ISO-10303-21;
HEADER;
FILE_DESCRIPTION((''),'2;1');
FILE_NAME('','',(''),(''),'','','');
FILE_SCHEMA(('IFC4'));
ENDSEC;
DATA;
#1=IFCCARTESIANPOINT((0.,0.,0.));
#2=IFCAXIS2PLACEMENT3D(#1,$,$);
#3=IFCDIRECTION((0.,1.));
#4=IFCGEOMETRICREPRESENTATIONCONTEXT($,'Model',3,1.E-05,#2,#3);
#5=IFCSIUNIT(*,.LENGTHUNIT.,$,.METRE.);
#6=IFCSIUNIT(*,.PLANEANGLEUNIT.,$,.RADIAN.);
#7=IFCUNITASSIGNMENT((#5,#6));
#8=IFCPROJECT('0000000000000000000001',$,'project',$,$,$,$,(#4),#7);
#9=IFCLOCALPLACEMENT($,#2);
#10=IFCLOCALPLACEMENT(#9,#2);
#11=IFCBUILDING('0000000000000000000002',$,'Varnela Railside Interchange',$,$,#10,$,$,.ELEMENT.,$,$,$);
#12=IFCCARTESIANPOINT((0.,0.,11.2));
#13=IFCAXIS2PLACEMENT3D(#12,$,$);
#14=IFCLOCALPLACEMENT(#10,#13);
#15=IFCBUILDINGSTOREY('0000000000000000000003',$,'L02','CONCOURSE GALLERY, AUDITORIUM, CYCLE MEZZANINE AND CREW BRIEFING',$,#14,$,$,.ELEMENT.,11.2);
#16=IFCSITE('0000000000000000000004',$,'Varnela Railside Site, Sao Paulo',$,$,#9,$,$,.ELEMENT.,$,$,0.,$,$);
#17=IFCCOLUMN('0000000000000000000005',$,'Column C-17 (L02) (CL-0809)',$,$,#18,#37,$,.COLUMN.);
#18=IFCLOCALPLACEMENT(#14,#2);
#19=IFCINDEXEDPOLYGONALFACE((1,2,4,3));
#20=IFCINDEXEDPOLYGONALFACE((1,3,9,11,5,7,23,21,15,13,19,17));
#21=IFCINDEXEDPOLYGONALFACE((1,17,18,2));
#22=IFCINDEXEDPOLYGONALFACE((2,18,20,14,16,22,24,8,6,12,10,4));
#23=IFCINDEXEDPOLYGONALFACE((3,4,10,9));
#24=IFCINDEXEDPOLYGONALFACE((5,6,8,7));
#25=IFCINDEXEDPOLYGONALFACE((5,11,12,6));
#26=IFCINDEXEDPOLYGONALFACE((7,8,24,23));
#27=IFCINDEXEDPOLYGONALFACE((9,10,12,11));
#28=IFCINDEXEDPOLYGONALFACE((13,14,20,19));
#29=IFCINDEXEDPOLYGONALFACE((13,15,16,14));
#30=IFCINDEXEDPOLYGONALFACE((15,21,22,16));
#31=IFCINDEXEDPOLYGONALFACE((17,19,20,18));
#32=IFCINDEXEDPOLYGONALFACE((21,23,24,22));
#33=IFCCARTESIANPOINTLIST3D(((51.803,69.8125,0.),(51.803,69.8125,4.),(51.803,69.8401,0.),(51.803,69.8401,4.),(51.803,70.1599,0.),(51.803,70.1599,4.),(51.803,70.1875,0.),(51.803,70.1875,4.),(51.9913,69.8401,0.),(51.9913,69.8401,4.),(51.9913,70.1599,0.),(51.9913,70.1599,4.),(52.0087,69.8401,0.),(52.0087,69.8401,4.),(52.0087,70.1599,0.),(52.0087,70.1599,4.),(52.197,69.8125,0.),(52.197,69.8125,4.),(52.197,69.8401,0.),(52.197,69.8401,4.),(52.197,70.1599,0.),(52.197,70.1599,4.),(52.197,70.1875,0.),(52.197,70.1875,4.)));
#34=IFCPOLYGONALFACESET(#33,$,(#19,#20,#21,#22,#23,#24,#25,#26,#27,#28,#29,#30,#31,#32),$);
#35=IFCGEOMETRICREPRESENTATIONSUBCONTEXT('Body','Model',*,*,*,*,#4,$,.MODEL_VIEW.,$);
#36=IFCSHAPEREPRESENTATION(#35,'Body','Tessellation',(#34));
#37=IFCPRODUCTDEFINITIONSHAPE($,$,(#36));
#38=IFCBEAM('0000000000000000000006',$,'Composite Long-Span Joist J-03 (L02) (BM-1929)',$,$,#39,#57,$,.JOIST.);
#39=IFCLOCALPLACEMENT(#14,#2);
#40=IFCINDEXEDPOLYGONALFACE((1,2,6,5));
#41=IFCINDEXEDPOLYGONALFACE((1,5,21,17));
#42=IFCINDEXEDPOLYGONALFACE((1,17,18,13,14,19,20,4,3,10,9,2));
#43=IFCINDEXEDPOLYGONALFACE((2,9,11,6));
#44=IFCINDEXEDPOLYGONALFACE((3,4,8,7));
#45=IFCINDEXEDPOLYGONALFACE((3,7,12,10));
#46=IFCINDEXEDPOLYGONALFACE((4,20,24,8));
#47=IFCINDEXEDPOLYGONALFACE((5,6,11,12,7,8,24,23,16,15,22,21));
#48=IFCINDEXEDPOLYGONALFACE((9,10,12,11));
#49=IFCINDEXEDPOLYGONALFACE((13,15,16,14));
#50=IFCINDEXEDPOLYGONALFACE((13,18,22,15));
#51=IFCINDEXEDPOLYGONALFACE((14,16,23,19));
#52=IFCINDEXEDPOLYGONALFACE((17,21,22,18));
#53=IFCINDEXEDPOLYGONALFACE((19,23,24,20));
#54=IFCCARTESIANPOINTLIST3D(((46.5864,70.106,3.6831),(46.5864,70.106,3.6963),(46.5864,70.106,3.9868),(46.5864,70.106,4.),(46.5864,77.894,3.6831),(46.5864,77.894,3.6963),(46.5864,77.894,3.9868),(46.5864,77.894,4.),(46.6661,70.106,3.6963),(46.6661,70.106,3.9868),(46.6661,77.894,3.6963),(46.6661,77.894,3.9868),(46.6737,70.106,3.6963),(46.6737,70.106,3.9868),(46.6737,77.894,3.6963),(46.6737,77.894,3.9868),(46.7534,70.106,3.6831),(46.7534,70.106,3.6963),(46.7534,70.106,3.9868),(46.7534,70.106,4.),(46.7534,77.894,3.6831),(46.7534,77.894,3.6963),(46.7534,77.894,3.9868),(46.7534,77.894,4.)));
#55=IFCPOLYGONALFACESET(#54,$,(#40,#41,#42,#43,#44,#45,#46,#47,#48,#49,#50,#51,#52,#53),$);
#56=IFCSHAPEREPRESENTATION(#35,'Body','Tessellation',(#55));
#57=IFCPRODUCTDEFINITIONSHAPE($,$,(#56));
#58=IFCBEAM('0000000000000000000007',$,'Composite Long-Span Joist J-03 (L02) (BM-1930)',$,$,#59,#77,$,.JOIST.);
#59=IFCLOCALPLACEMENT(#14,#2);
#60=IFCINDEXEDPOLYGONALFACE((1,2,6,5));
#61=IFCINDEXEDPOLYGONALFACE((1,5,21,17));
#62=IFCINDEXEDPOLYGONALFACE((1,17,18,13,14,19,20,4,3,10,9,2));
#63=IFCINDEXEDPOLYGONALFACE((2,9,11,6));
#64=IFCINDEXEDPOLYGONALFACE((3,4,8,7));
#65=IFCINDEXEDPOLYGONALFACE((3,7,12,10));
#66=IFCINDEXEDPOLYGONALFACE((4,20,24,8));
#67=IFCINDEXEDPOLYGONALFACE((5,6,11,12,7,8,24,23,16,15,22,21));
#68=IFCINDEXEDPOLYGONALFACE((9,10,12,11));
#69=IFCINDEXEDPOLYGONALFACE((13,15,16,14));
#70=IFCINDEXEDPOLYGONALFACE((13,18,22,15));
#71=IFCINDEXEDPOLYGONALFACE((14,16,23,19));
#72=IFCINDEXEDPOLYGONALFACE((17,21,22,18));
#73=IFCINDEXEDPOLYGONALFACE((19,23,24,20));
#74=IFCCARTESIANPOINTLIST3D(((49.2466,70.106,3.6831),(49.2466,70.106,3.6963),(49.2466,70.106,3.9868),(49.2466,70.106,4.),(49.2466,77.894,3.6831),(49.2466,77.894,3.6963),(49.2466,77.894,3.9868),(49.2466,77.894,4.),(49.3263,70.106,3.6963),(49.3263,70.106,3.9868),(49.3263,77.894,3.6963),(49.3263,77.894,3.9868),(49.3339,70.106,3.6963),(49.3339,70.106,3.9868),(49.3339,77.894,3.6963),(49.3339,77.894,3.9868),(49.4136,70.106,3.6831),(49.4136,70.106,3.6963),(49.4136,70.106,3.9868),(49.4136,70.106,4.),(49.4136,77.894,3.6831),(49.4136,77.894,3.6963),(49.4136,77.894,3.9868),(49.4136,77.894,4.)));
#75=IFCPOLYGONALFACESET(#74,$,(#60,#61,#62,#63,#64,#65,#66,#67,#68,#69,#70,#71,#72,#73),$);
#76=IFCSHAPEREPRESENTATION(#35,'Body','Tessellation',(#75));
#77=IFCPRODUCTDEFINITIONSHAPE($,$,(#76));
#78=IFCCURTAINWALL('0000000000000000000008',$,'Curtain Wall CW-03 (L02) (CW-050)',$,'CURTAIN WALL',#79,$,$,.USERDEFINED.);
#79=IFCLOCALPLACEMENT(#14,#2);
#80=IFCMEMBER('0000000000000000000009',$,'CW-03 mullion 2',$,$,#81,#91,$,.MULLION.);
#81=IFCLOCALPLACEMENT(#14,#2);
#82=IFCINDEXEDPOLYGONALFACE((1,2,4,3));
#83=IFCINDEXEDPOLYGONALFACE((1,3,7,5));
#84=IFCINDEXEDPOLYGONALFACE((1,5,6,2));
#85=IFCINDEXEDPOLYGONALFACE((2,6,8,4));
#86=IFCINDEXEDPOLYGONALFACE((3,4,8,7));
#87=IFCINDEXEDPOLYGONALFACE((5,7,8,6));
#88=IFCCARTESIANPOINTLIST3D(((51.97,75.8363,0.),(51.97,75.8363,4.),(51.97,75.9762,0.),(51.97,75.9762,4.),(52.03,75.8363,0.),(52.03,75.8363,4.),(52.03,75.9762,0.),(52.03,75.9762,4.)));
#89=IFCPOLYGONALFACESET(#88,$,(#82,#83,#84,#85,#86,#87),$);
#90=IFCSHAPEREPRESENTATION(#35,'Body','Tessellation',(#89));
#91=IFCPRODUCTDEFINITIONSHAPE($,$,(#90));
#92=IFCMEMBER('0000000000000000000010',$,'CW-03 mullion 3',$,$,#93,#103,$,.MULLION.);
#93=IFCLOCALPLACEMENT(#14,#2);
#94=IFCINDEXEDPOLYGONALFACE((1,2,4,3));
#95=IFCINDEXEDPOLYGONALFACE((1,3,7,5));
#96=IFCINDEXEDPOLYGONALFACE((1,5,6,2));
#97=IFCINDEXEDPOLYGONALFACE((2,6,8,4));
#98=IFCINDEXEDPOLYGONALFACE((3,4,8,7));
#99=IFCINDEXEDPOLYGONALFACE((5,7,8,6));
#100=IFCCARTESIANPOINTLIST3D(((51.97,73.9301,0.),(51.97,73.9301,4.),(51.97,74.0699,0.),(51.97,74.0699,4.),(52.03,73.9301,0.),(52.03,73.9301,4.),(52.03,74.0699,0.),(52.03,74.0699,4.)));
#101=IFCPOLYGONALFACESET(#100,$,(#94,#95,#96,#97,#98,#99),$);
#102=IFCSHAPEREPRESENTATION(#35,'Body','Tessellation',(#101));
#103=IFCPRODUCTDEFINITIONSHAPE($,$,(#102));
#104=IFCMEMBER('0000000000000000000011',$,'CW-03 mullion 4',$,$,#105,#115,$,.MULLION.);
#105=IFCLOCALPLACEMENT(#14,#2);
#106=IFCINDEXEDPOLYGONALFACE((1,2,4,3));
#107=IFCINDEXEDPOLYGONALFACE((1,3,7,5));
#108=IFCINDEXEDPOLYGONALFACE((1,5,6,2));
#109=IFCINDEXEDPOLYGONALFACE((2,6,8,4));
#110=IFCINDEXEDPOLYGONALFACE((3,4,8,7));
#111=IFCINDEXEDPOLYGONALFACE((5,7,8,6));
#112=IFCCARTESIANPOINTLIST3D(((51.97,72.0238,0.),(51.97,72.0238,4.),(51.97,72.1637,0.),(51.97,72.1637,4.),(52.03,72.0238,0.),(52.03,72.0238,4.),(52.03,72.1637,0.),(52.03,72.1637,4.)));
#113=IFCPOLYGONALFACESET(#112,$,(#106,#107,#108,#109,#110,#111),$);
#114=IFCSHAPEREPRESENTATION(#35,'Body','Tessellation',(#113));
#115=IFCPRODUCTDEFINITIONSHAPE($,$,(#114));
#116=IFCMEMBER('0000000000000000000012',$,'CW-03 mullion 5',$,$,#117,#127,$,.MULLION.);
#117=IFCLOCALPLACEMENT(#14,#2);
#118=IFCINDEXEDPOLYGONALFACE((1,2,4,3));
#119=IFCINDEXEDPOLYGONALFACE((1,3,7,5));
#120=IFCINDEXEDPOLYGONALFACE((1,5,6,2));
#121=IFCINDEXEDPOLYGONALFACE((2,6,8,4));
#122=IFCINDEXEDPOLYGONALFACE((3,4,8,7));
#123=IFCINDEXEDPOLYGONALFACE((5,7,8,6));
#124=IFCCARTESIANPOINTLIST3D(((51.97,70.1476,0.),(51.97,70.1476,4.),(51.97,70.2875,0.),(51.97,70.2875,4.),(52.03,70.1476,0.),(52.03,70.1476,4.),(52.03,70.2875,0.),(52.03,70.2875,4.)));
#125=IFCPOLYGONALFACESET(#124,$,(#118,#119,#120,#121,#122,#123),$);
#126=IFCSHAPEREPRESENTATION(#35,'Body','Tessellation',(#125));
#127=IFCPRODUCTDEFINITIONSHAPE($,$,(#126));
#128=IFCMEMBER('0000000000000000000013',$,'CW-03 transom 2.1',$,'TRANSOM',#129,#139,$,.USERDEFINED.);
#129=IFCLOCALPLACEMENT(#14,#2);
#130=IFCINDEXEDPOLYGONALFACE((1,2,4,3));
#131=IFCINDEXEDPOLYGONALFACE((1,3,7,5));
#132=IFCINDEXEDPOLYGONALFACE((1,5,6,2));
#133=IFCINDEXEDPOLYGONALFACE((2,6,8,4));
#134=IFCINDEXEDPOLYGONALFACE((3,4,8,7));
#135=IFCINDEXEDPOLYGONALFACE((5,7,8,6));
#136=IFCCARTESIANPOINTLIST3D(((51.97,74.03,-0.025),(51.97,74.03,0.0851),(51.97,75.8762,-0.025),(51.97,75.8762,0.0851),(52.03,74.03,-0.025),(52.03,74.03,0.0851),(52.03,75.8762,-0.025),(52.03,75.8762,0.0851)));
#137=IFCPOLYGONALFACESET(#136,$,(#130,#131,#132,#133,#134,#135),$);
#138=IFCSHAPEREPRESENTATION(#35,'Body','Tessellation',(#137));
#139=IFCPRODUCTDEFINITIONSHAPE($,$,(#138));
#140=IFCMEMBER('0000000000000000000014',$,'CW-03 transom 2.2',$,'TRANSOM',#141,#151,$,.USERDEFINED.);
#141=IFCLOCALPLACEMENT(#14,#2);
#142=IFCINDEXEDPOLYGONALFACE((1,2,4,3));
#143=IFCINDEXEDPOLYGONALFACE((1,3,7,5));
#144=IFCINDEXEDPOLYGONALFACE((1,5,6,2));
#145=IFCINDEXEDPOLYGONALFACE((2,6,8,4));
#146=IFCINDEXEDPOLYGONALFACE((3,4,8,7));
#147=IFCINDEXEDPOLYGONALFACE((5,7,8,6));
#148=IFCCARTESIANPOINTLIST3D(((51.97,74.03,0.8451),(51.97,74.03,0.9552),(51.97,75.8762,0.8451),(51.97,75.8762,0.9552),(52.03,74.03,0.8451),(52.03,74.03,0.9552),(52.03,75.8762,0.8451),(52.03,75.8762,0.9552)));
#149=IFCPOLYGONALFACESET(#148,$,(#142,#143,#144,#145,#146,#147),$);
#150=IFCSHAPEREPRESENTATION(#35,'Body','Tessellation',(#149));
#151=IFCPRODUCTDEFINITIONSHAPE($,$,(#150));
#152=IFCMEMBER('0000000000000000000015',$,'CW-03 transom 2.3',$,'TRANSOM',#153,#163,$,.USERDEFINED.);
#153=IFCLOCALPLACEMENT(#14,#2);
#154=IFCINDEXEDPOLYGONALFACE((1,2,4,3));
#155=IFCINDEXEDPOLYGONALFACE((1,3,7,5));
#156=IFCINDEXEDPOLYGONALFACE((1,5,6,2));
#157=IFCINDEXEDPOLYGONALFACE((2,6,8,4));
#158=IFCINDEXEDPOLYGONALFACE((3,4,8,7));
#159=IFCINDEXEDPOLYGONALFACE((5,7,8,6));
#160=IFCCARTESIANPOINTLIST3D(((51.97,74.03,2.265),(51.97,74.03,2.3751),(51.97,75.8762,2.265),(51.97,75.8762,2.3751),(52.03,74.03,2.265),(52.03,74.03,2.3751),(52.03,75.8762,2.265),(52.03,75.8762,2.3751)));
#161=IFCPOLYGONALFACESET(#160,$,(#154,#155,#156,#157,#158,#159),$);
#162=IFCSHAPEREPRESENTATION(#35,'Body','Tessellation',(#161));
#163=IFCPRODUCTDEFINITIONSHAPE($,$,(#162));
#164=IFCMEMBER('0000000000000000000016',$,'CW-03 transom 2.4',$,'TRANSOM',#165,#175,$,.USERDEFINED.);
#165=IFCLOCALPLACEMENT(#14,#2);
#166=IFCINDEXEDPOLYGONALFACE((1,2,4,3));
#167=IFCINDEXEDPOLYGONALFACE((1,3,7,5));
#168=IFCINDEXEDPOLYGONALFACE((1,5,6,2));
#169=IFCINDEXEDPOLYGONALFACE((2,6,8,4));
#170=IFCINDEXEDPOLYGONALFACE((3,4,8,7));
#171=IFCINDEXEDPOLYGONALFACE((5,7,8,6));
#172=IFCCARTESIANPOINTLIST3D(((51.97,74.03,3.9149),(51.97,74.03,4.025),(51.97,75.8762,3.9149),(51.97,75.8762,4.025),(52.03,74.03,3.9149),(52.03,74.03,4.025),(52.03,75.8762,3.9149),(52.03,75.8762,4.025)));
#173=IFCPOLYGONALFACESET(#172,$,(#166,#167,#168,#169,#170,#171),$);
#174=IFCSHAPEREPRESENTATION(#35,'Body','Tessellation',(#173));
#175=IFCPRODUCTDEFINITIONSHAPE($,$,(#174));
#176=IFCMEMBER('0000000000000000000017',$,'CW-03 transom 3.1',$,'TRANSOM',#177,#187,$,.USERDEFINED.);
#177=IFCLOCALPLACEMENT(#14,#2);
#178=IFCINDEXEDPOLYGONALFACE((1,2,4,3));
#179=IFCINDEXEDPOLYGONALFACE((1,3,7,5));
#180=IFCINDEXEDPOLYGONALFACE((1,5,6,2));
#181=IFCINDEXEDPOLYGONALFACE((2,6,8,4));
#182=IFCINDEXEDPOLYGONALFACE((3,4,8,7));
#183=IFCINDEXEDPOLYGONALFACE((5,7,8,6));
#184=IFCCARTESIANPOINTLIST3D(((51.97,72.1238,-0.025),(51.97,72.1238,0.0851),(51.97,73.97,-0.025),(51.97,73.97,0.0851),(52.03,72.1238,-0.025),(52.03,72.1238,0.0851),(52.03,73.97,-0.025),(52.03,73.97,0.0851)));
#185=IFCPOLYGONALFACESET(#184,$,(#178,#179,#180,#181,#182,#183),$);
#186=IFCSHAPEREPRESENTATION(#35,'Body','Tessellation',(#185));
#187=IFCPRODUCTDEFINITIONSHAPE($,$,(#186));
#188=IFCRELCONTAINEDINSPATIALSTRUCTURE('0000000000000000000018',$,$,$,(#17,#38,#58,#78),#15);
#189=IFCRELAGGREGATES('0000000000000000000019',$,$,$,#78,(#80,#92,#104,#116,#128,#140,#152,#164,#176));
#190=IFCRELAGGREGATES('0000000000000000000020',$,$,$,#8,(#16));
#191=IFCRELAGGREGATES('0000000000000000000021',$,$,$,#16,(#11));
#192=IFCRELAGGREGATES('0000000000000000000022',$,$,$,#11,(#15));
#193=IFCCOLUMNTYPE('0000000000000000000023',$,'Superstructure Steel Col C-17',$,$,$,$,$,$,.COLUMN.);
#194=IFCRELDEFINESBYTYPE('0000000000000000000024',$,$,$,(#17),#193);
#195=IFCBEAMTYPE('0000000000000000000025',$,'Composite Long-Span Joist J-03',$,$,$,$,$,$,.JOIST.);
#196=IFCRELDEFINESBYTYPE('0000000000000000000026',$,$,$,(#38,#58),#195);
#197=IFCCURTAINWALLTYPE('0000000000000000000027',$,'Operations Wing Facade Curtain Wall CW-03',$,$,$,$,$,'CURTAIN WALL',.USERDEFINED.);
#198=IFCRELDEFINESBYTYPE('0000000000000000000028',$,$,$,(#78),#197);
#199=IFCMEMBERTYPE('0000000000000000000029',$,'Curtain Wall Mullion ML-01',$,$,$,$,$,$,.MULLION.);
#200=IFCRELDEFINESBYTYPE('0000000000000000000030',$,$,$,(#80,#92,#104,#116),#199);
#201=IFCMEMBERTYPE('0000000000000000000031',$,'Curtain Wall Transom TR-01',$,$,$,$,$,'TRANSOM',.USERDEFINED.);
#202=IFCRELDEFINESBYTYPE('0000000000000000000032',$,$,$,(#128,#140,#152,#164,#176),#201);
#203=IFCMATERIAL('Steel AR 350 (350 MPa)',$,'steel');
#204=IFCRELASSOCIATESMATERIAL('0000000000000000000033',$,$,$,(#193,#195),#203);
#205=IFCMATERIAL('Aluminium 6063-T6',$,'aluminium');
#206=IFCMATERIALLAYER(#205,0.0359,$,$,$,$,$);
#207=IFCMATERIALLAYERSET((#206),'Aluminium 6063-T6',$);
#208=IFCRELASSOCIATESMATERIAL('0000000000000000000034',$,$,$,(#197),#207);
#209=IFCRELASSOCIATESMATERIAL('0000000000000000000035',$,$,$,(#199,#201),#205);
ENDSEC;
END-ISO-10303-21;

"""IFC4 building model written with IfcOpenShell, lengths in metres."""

from ifc_helpers import new_model, si_unit, direction, frame, origin, origin_2d, place, context, subcontext, project, spatial, rectangle, i_section, extrude, material, layer, layer_set, material_profile, profile_set, type_object, element, aggregate, save


model = new_model("IFC4")

# Units and contexts
model_context = context("Model", 3, precision=1e-05, world=origin(), true_north=direction((0.0, 1.0)))
body_context = subcontext(model_context, "Body", "Model", "MODEL_VIEW")
ifc_project = project(units=[si_unit("LENGTHUNIT", "METRE"), si_unit("PLANEANGLEUNIT", "RADIAN")], contexts=[model_context])

# Site, building, storey
site_placement = place(None, origin())
site = spatial("IfcSite", under=ifc_project, at=site_placement, Name="Varnela Railside Site, Sao Paulo", CompositionType="ELEMENT", RefElevation=0.0)
building_placement = place(site_placement, origin())
building = spatial("IfcBuilding", under=site, at=building_placement, Name="Varnela Railside Interchange", CompositionType="ELEMENT")
storey_placement = place(building_placement, frame((0.0, 0.0, 11.2)))
storey = spatial("IfcBuildingStorey", under=building, at=storey_placement, Name="L02", Description="CONCOURSE GALLERY, AUDITORIUM, CYCLE MEZZANINE AND CREW BRIEFING", CompositionType="ELEMENT", Elevation=11.2)

# Column
ifc_material_1 = material(Name="Steel AR 350 (350 MPa)", Category="steel")
ifc_material_profile_1 = material_profile(ifc_material_1, i_section(OverallWidth=0.394, OverallDepth=0.375, WebThickness=0.0173, FlangeThickness=0.0276, at=origin_2d()), Name="W360x216")
ifc_profile_set_1 = profile_set([ifc_material_profile_1], Name="Steel AR 350 (350 MPa)")
column_type = type_object("IfcColumnType", Name="Superstructure Steel Col C-17", PredefinedType="COLUMN", material=ifc_profile_set_1)
column_placement = place(storey_placement, frame((52.0, 70.0, 0.0), z_axis=(0.0, 0.0, 1.0), x_axis=(1.0, 0.0, 0.0)))
element("IfcColumn", 1, at=column_placement, inside=storey, type_object=column_type, Name="Column C-17 (L02) (CL-0809)", PredefinedType="COLUMN", context=body_context, shape_type="SweptSolid", body=[
    extrude(i_section(OverallWidth=0.394, OverallDepth=0.375, WebThickness=0.0173, FlangeThickness=0.0276, at=origin_2d()), origin(), (0.0, 0.0, 1.0), 4.0),
])

# Beams
ifc_material_profile_2 = material_profile(ifc_material_1, i_section(OverallWidth=0.167, OverallDepth=0.3169, WebThickness=0.0076, FlangeThickness=0.0132, at=origin_2d()), Name="W310x52")
ifc_profile_set_2 = profile_set([ifc_material_profile_2], Name="Steel AR 350 (350 MPa)")
beam_type_1 = type_object("IfcBeamType", Name="Composite Long-Span Joist J-03", PredefinedType="JOIST", material=ifc_profile_set_2)
for number, where, z_axis, x_axis, name in (
    (2, (46.6699, 70.106, 3.8416), (0.0, 1.0, 0.0), (-1.0, 0.0, 0.0), "Composite Long-Span Joist J-03 (L02) (BM-1929)"),
    (3, (49.3301, 70.106, 3.8416), (0.0, 1.0, 0.0), (-1.0, 0.0, 0.0), "Composite Long-Span Joist J-03 (L02) (BM-1930)"),
):
    element("IfcBeam", number, at=place(storey_placement, frame(where, z_axis=z_axis, x_axis=x_axis)), inside=storey, type_object=beam_type_1, Name=name, PredefinedType="JOIST", context=body_context, shape_type="SweptSolid", body=[
        extrude(i_section(OverallWidth=0.167, OverallDepth=0.3169, WebThickness=0.0076, FlangeThickness=0.0132, at=origin_2d()), origin(), (0.0, 0.0, 1.0), 7.7881),
    ])

# Curtain wall, members
ifc_material_2 = material(Name="Aluminium 6063-T6", Category="aluminium")
ifc_layer_1 = layer(ifc_material_2, 0.0359)
ifc_layer_set_1 = layer_set([ifc_layer_1], Name="Aluminium 6063-T6")
curtain_wall_type = type_object("IfcCurtainWallType", Name="Operations Wing Facade Curtain Wall CW-03", ElementType="CURTAIN WALL", PredefinedType="USERDEFINED", material=ifc_layer_set_1)
curtain_wall_placement = place(storey_placement, origin())
curtain_wall = element("IfcCurtainWall", 4, at=curtain_wall_placement, inside=storey, type_object=curtain_wall_type, Name="Curtain Wall CW-03 (L02) (CW-050)", ObjectType="CURTAIN WALL", PredefinedType="USERDEFINED")
ifc_material_profile_3 = material_profile(ifc_material_2, rectangle(XDim=0.0601, YDim=0.1399, at=origin_2d()), Name="ALU 60x140")
ifc_profile_set_3 = profile_set([ifc_material_profile_3], Name="Aluminium 6063-T6")
member_type_1 = type_object("IfcMemberType", Name="Curtain Wall Mullion ML-01", PredefinedType="MULLION", material=ifc_profile_set_3)
member_1_placement = place(storey_placement, frame((52.0, 75.9062, 0.0), z_axis=(0.0, 0.0, 1.0), x_axis=(1.0, 0.0, 0.0)))
member_1 = element("IfcMember", 5, at=member_1_placement, type_object=member_type_1, Name="CW-03 mullion 2", PredefinedType="MULLION", context=body_context, shape_type="SweptSolid", body=[
    extrude(rectangle(XDim=0.0601, YDim=0.1399, at=origin_2d()), origin(), (0.0, 0.0, 1.0), 4.0),
])
member_2_placement = place(storey_placement, frame((52.0, 74.0, 0.0), z_axis=(0.0, 0.0, 1.0), x_axis=(1.0, 0.0, 0.0)))
member_2 = element("IfcMember", 6, at=member_2_placement, type_object=member_type_1, Name="CW-03 mullion 3", PredefinedType="MULLION", context=body_context, shape_type="SweptSolid", body=[
    extrude(rectangle(XDim=0.0601, YDim=0.1399, at=origin_2d()), origin(), (0.0, 0.0, 1.0), 4.0),
])
member_3_placement = place(storey_placement, frame((52.0, 72.0938, 0.0), z_axis=(0.0, 0.0, 1.0), x_axis=(1.0, 0.0, 0.0)))
member_3 = element("IfcMember", 7, at=member_3_placement, type_object=member_type_1, Name="CW-03 mullion 4", PredefinedType="MULLION", context=body_context, shape_type="SweptSolid", body=[
    extrude(rectangle(XDim=0.0601, YDim=0.1399, at=origin_2d()), origin(), (0.0, 0.0, 1.0), 4.0),
])
member_4_placement = place(storey_placement, frame((52.0, 70.2175, 0.0), z_axis=(0.0, 0.0, 1.0), x_axis=(1.0, 0.0, 0.0)))
member_4 = element("IfcMember", 8, at=member_4_placement, type_object=member_type_1, Name="CW-03 mullion 5", PredefinedType="MULLION", context=body_context, shape_type="SweptSolid", body=[
    extrude(rectangle(XDim=0.0601, YDim=0.1399, at=origin_2d()), origin(), (0.0, 0.0, 1.0), 4.0),
])
ifc_material_profile_4 = material_profile(ifc_material_2, rectangle(XDim=0.0601, YDim=0.1101, at=origin_2d()), Name="ALU 60x110")
ifc_profile_set_4 = profile_set([ifc_material_profile_4], Name="Aluminium 6063-T6")
member_type_2 = type_object("IfcMemberType", Name="Curtain Wall Transom TR-01", ElementType="TRANSOM", PredefinedType="USERDEFINED", material=ifc_profile_set_4)
member_5_placement = place(storey_placement, frame((52.0, 75.8762, 0.03), z_axis=(0.0, -1.0, 0.0), x_axis=(1.0, 0.0, 0.0)))
member_5 = element("IfcMember", 9, at=member_5_placement, type_object=member_type_2, Name="CW-03 transom 2.1", ObjectType="TRANSOM", PredefinedType="USERDEFINED", context=body_context, shape_type="SweptSolid", body=[
    extrude(rectangle(XDim=0.0601, YDim=0.1101, at=origin_2d()), origin(), (0.0, 0.0, 1.0), 1.8462),
])
member_6_placement = place(storey_placement, frame((52.0, 75.8762, 0.9001), z_axis=(0.0, -1.0, 0.0), x_axis=(1.0, 0.0, 0.0)))
member_6 = element("IfcMember", 10, at=member_6_placement, type_object=member_type_2, Name="CW-03 transom 2.2", ObjectType="TRANSOM", PredefinedType="USERDEFINED", context=body_context, shape_type="SweptSolid", body=[
    extrude(rectangle(XDim=0.0601, YDim=0.1101, at=origin_2d()), origin(), (0.0, 0.0, 1.0), 1.8462),
])
member_7_placement = place(storey_placement, frame((52.0, 75.8762, 2.3201), z_axis=(0.0, -1.0, 0.0), x_axis=(1.0, 0.0, 0.0)))
member_7 = element("IfcMember", 11, at=member_7_placement, type_object=member_type_2, Name="CW-03 transom 2.3", ObjectType="TRANSOM", PredefinedType="USERDEFINED", context=body_context, shape_type="SweptSolid", body=[
    extrude(rectangle(XDim=0.0601, YDim=0.1101, at=origin_2d()), origin(), (0.0, 0.0, 1.0), 1.8462),
])
member_8_placement = place(storey_placement, frame((52.0, 75.8762, 3.97), z_axis=(0.0, -1.0, 0.0), x_axis=(1.0, 0.0, 0.0)))
member_8 = element("IfcMember", 12, at=member_8_placement, type_object=member_type_2, Name="CW-03 transom 2.4", ObjectType="TRANSOM", PredefinedType="USERDEFINED", context=body_context, shape_type="SweptSolid", body=[
    extrude(rectangle(XDim=0.0601, YDim=0.1101, at=origin_2d()), origin(), (0.0, 0.0, 1.0), 1.8462),
])
member_9_placement = place(storey_placement, frame((52.0, 73.97, 0.03), z_axis=(0.0, -1.0, 0.0), x_axis=(1.0, 0.0, 0.0)))
member_9 = element("IfcMember", 13, at=member_9_placement, type_object=member_type_2, Name="CW-03 transom 3.1", ObjectType="TRANSOM", PredefinedType="USERDEFINED", context=body_context, shape_type="SweptSolid", body=[
    extrude(rectangle(XDim=0.0601, YDim=0.1101, at=origin_2d()), origin(), (0.0, 0.0, 1.0), 1.8462),
])

aggregate(curtain_wall, [member_1, member_2, member_3, member_4, member_5, member_6, member_7, member_8, member_9])

save(model, "model.ifc")
